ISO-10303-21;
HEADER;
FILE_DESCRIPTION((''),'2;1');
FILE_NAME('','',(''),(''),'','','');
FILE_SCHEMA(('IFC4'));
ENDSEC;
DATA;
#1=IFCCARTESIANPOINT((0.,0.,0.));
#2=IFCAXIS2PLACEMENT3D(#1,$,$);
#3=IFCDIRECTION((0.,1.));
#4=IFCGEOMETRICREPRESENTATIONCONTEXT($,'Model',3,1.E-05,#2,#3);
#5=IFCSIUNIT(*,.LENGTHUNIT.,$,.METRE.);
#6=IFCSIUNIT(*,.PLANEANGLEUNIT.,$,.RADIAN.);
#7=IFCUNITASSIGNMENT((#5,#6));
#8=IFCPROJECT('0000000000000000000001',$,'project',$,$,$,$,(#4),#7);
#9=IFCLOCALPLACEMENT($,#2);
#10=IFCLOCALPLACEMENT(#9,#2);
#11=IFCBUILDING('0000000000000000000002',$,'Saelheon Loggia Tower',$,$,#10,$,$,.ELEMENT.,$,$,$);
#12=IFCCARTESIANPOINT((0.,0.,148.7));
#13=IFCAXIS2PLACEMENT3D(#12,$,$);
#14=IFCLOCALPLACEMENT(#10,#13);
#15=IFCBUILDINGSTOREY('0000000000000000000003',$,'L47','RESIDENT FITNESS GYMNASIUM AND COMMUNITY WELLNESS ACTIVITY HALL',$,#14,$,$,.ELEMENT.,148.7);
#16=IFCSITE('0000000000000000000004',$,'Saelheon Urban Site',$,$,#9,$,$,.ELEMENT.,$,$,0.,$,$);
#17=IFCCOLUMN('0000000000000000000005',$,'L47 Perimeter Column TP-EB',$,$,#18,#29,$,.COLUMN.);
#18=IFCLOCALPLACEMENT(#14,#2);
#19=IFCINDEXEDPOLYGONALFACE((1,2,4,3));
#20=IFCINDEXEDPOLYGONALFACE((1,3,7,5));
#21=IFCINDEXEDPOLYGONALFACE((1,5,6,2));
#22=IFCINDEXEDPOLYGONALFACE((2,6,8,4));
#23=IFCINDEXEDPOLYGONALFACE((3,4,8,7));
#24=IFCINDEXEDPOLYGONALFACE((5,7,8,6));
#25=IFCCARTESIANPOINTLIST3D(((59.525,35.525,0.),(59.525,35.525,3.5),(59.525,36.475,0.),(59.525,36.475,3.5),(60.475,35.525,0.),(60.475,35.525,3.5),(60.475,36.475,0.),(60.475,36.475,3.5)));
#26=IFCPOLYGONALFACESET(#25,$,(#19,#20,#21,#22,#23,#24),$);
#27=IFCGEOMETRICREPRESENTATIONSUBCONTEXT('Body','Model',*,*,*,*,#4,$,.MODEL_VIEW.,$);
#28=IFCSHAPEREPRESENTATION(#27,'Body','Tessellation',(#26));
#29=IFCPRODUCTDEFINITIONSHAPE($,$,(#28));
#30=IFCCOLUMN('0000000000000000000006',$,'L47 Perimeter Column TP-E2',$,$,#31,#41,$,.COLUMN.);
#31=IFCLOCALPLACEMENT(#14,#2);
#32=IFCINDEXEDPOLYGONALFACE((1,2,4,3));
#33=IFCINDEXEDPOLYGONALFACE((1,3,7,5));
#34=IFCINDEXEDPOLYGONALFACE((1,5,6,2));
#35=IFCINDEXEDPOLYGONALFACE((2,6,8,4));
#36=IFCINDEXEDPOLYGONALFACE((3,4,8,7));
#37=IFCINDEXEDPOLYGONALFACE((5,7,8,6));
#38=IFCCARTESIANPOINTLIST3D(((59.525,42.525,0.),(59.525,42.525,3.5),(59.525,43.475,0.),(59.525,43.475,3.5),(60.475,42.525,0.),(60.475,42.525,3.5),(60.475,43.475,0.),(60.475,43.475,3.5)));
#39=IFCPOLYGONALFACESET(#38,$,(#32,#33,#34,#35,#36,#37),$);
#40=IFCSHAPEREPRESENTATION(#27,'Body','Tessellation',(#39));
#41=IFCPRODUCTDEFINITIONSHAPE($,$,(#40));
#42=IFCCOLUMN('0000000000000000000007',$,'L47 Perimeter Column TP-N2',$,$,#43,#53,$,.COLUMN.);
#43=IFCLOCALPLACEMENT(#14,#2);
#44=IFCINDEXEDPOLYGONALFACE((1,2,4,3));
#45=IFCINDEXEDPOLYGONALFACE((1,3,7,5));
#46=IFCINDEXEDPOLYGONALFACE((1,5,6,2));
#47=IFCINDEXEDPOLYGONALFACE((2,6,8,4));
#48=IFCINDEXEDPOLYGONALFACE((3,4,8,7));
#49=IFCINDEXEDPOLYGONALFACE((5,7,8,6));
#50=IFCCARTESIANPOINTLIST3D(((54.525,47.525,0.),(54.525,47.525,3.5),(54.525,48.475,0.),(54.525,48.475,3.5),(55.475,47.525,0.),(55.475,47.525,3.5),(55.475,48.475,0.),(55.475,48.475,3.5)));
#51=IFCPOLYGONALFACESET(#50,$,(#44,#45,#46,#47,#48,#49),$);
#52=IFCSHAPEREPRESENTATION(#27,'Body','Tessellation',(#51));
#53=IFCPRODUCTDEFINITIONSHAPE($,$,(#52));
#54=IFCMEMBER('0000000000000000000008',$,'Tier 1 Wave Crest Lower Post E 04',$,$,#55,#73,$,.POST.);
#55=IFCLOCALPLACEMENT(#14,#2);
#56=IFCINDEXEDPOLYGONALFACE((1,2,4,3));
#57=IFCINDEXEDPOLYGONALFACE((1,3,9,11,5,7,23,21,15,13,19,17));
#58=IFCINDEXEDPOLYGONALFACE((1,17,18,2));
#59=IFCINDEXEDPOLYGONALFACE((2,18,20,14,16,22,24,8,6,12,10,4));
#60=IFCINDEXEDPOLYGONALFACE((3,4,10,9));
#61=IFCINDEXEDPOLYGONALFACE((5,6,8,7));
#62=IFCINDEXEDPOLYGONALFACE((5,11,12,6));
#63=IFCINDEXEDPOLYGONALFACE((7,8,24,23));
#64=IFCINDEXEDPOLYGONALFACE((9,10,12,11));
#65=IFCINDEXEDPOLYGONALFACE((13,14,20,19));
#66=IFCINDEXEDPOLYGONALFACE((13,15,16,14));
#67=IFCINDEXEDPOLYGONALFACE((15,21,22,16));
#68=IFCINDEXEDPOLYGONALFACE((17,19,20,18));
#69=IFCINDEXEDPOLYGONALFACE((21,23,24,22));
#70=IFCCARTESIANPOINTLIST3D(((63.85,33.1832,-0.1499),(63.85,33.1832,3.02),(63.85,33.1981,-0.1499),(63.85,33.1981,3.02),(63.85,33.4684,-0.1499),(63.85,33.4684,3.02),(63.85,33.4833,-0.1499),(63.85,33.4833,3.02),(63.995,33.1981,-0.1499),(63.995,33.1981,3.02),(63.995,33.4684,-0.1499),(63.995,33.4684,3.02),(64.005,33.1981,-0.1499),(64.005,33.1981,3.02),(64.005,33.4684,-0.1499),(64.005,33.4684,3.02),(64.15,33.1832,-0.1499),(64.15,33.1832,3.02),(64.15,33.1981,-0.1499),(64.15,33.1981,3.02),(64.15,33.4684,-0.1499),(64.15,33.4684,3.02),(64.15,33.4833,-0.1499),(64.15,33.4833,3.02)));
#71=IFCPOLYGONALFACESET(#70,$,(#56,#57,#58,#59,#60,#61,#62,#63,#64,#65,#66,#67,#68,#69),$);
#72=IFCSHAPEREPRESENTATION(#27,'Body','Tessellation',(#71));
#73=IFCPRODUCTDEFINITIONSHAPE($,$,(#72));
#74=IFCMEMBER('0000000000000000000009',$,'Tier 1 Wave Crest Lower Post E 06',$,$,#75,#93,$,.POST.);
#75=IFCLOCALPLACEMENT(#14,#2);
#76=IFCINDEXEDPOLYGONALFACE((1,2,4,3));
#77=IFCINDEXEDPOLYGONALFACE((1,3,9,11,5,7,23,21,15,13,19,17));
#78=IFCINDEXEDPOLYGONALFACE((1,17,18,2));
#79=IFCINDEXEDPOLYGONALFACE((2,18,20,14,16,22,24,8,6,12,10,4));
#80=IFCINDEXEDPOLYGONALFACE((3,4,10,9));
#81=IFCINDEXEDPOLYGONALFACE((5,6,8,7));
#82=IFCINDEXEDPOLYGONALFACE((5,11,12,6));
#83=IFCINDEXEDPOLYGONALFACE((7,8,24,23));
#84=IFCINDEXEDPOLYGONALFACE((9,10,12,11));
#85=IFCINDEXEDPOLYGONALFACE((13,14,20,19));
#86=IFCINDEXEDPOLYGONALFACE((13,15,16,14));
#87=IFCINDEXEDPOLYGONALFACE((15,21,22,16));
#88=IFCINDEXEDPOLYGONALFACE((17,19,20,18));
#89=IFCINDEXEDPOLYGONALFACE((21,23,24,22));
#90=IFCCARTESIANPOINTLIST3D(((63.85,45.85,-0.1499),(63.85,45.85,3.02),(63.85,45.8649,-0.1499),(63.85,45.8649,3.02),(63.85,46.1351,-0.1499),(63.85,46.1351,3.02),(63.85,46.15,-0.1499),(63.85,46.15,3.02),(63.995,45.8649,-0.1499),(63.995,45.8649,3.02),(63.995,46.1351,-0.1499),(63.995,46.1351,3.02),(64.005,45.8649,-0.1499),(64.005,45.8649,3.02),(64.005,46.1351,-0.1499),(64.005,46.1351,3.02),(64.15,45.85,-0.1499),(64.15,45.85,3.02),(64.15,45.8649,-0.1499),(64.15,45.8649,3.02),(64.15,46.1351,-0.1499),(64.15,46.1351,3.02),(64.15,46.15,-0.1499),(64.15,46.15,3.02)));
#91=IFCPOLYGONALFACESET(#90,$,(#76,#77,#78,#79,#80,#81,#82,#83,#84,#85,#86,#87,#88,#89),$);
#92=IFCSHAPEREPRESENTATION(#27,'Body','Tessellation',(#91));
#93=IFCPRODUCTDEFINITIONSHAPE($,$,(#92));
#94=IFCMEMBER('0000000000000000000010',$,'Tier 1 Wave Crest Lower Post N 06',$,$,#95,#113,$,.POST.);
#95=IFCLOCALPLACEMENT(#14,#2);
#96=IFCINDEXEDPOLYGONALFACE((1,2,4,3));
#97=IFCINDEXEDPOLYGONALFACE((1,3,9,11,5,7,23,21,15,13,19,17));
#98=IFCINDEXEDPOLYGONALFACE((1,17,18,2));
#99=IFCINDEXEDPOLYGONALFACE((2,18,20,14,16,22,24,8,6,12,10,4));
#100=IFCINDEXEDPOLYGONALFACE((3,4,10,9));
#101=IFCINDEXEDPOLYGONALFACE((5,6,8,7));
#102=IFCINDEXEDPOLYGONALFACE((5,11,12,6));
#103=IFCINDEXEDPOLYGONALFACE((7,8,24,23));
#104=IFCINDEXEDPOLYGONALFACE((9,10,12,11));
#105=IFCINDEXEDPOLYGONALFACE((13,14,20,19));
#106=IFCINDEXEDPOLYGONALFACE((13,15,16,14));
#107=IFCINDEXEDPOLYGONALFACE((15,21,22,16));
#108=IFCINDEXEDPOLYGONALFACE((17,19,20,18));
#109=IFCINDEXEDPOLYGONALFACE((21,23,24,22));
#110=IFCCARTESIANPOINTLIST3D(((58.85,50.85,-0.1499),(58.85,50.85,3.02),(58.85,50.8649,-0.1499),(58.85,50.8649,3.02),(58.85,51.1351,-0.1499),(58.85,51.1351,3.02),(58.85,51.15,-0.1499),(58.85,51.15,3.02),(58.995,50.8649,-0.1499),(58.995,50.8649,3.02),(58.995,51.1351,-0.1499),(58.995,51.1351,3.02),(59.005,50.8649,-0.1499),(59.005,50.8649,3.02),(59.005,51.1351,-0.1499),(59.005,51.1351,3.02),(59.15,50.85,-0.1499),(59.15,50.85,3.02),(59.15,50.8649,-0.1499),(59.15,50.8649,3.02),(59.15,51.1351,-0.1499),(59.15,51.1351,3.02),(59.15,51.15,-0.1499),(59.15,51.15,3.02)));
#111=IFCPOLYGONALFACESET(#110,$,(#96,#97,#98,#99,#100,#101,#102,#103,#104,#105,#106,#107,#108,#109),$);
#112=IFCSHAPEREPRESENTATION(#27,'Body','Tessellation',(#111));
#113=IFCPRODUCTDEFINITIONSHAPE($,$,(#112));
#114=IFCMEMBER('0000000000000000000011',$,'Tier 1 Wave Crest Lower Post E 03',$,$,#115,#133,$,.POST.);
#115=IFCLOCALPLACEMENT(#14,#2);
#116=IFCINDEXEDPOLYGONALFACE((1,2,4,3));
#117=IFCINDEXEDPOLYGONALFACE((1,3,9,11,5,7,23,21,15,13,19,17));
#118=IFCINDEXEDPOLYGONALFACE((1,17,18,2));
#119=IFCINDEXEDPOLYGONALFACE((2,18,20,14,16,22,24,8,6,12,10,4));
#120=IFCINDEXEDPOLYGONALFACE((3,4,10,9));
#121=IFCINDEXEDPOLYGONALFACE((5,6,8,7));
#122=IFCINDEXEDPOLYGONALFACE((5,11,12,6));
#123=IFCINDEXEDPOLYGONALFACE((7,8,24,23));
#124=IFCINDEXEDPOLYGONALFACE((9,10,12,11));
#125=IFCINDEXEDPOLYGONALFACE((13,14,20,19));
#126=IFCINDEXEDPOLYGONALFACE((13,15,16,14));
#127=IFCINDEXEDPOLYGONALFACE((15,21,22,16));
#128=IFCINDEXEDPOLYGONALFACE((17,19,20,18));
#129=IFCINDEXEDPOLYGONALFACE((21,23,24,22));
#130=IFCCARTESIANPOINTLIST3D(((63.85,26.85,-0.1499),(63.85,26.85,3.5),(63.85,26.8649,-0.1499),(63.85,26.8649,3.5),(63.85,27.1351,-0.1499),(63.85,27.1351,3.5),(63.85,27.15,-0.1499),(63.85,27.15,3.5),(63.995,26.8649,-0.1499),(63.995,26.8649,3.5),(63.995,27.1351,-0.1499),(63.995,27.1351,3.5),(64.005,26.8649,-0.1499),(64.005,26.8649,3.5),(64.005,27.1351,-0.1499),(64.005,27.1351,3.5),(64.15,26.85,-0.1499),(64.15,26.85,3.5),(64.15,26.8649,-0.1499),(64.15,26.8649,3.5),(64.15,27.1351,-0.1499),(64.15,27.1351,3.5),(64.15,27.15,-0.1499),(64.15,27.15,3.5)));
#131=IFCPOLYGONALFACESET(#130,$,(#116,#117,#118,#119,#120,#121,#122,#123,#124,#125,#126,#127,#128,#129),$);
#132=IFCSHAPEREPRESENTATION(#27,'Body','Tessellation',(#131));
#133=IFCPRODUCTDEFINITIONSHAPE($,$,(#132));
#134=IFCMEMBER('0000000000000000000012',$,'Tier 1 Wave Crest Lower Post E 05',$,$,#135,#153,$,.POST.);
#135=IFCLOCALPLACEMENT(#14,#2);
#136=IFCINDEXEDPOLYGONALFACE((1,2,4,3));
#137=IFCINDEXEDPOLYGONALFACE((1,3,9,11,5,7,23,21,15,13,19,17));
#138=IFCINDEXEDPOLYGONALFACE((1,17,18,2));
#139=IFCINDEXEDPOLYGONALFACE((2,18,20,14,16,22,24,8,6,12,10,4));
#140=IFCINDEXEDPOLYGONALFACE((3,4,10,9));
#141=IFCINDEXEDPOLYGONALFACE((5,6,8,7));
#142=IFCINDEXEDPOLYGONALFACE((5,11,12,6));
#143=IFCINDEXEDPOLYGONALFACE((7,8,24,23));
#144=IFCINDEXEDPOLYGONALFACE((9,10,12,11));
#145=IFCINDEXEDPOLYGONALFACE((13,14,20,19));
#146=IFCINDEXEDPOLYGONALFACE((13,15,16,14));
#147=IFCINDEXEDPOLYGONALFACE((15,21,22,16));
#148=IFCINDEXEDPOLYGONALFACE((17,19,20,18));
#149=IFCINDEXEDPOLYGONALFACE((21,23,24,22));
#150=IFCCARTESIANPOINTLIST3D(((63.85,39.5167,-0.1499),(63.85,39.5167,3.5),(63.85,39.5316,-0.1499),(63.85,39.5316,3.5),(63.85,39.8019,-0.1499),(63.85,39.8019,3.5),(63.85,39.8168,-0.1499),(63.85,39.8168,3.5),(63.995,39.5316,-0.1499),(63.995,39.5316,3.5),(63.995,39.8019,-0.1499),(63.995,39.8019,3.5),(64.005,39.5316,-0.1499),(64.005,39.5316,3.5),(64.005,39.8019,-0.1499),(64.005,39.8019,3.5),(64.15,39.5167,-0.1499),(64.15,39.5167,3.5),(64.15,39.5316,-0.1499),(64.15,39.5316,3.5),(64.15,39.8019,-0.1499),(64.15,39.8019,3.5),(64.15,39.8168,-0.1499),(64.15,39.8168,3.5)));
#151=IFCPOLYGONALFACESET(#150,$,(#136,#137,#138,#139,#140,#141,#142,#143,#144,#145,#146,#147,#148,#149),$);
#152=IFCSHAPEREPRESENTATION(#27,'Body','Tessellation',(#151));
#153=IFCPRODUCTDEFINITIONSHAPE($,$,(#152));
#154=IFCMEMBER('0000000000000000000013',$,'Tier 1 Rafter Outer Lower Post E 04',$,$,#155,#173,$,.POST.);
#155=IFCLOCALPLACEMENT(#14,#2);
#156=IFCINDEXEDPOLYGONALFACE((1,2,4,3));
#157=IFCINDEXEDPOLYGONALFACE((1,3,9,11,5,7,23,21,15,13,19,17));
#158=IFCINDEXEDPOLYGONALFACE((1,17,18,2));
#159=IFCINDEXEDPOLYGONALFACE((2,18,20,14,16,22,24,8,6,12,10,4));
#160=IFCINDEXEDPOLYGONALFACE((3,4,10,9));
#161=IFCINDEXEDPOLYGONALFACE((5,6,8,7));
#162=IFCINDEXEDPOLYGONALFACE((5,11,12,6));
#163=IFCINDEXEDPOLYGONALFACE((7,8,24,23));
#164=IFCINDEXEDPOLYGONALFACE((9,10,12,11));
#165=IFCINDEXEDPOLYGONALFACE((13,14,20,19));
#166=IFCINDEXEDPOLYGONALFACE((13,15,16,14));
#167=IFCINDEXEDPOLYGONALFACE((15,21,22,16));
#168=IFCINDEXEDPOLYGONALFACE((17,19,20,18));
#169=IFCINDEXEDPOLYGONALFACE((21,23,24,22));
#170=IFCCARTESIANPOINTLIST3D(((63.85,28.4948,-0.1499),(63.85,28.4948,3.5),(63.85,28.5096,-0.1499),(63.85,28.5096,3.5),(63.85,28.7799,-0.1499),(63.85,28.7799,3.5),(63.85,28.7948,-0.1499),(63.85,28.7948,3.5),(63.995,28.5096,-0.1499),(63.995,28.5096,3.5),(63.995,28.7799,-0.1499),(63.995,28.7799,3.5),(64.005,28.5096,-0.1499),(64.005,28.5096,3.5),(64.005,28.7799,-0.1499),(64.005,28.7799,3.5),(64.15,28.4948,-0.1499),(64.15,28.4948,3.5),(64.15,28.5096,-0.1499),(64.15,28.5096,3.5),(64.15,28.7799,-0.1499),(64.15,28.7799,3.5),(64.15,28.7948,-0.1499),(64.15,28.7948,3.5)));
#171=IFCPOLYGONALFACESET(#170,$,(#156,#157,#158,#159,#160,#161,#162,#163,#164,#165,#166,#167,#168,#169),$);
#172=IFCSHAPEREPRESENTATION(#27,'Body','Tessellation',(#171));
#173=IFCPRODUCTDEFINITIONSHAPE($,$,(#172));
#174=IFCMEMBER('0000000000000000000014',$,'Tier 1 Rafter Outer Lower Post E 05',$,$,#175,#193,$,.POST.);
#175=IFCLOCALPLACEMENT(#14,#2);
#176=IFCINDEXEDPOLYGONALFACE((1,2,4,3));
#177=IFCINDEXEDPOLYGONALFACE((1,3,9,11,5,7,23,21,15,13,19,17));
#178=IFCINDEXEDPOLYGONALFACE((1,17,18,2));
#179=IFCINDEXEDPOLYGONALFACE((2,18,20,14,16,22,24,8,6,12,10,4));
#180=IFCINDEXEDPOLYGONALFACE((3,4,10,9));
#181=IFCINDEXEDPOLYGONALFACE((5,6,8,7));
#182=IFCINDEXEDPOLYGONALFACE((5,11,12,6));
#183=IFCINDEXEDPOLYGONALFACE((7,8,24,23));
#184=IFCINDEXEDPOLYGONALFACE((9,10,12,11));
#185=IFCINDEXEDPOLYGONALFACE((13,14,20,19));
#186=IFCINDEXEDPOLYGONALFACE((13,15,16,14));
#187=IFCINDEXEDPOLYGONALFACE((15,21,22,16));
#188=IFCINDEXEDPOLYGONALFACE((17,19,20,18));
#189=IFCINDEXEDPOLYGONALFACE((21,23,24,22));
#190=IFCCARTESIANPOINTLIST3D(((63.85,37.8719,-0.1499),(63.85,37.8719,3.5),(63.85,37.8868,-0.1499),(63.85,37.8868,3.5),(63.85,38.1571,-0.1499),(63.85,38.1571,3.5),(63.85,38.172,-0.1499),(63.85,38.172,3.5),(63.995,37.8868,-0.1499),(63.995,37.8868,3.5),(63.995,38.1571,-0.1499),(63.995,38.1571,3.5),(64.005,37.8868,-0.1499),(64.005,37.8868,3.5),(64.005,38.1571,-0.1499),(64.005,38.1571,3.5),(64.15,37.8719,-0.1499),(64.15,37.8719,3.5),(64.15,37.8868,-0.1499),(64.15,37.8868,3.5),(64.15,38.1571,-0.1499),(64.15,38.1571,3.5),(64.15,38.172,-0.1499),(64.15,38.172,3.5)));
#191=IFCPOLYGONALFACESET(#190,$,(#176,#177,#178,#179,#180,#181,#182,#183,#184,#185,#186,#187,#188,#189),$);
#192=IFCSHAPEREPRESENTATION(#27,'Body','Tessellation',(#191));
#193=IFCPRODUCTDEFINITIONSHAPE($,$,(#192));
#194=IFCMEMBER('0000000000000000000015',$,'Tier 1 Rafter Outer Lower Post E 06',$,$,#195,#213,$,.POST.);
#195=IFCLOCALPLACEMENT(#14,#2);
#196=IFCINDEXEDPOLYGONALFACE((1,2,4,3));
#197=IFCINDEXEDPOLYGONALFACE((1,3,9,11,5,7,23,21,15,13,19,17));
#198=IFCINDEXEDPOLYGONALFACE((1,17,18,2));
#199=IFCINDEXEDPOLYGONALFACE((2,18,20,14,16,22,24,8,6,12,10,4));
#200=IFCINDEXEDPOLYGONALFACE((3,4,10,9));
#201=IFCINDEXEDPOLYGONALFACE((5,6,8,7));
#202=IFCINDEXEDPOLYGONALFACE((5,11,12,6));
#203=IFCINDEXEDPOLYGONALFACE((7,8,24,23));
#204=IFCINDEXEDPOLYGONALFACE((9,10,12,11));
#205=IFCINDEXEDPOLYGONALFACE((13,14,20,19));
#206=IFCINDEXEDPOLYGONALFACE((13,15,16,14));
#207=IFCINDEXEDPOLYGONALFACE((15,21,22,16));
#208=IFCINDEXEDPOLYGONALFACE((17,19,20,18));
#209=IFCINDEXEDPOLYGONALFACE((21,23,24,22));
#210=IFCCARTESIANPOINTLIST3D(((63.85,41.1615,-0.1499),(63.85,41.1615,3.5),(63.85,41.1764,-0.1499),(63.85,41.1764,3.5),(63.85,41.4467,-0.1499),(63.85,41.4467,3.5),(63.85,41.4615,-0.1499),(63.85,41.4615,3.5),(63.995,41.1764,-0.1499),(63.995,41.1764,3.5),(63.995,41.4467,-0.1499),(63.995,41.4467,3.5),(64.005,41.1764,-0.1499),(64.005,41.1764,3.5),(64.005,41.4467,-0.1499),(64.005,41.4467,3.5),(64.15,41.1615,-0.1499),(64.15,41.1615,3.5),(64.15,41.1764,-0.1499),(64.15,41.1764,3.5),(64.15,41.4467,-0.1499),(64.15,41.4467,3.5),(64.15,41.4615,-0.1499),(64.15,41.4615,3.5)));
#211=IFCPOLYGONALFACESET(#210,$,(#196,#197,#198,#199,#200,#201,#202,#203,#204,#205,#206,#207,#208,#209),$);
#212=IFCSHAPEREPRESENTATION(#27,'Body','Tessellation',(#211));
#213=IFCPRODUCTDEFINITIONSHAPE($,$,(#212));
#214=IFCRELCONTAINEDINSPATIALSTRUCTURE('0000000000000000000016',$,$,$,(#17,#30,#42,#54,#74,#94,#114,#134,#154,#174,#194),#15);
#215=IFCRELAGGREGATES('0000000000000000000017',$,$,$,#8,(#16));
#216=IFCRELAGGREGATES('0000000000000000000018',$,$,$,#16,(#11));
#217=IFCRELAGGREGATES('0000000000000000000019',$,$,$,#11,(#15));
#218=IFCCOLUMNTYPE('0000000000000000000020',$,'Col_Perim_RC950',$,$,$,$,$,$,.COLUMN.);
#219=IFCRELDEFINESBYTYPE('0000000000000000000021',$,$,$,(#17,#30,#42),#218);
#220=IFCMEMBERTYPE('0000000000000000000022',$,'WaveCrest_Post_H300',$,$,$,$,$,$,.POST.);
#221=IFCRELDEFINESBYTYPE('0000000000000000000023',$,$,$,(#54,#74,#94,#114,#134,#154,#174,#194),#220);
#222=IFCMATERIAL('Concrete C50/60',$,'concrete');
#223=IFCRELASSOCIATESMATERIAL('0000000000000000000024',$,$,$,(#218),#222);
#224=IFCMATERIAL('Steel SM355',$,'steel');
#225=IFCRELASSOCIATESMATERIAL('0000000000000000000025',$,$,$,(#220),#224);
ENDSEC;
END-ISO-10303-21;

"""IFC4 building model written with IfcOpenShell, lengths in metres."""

from ifc_helpers import new_model, si_unit, direction, frame, origin, origin_2d, place, context, subcontext, project, spatial, rectangle, i_section, extrude, source, transform, mapped, material, material_profile, profile_set, type_object, element, save


model = new_model("IFC4")

# Units and contexts
model_context = context("Model", 3, precision=1e-05, world=origin(), true_north=direction((0.0, 1.0)))
body_context = subcontext(model_context, "Body", "Model", "MODEL_VIEW")
ifc_project = project(units=[si_unit("LENGTHUNIT", "METRE"), si_unit("PLANEANGLEUNIT", "RADIAN")], contexts=[model_context])

# Site, building, storey
site_placement = place(None, origin())
site = spatial("IfcSite", under=ifc_project, at=site_placement, Name="Saelheon Urban Site", CompositionType="ELEMENT", RefElevation=0.0)
building_placement = place(site_placement, origin())
building = spatial("IfcBuilding", under=site, at=building_placement, Name="Saelheon Loggia Tower", CompositionType="ELEMENT")
storey_placement = place(building_placement, frame((0.0, 0.0, 148.7)))
storey = spatial("IfcBuildingStorey", under=building, at=storey_placement, Name="L47", Description="RESIDENT FITNESS GYMNASIUM AND COMMUNITY WELLNESS ACTIVITY HALL", CompositionType="ELEMENT", Elevation=148.7)

# Columns
ifc_material_1 = material(Name="Concrete C50/60", Category="concrete")
ifc_material_profile_1 = material_profile(ifc_material_1, rectangle(XDim=0.95, YDim=0.95, at=origin_2d()), Name="RC-950x950")
ifc_profile_set_1 = profile_set([ifc_material_profile_1], Name="Concrete C50/60")
column_type = type_object("IfcColumnType", Name="Col_Perim_RC950", PredefinedType="COLUMN", material=ifc_profile_set_1)
shared_shape_1 = source(origin(), body_context, "Body", "SweptSolid", [
    extrude(rectangle(XDim=0.95, YDim=0.95, at=origin_2d()), origin(), (0.0, 0.0, 1.0), 3.5),
])
for number, where, z_axis, x_axis, name in (
    (1, (60.0, 36.0, 0.0), (0.0, 0.0, 1.0), (1.0, 0.0, 0.0), "L47 Perimeter Column TP-EB"),
    (2, (60.0, 43.0, 0.0), (0.0, 0.0, 1.0), (1.0, 0.0, 0.0), "L47 Perimeter Column TP-E2"),
    (3, (55.0, 48.0, 0.0), (0.0, 0.0, 1.0), (1.0, 0.0, 0.0), "L47 Perimeter Column TP-N2"),
):
    element("IfcColumn", number, at=place(storey_placement, frame(where, z_axis=z_axis, x_axis=x_axis)), inside=storey, type_object=column_type, Name=name, PredefinedType="COLUMN", context=body_context, shape_type="MappedRepresentation", body=[
        mapped(shared_shape_1, transform((0.0, 0.0, 0.0), scale=1.0)),
    ])

# Members
ifc_material_2 = material(Name="Steel SM355", Category="steel")
ifc_material_profile_2 = material_profile(ifc_material_2, i_section(OverallWidth=0.3, OverallDepth=0.3, WebThickness=0.01, FlangeThickness=0.0149, at=origin_2d()), Name="H-300x300x10x15")
ifc_profile_set_2 = profile_set([ifc_material_profile_2], Name="Steel SM355")
member_type_1 = type_object("IfcMemberType", Name="WaveCrest_Post_H300", PredefinedType="POST", material=ifc_profile_set_2)
shared_shape_2 = source(origin(), body_context, "Body", "SweptSolid", [
    extrude(i_section(OverallWidth=0.3, OverallDepth=0.3, WebThickness=0.01, FlangeThickness=0.0149, at=origin_2d()), origin(), (0.0, 0.0, 1.0), 3.1699),
])
for number, where, z_axis, x_axis, name in (
    (4, (64.0, 33.3333, -0.1499), (0.0, 0.0, 1.0), (1.0, 0.0, 0.0), "Tier 1 Wave Crest Lower Post E 04"),
    (5, (64.0, 46.0, -0.1499), (0.0, 0.0, 1.0), (1.0, 0.0, 0.0), "Tier 1 Wave Crest Lower Post E 06"),
    (6, (59.0, 51.0, -0.1499), (0.0, 0.0, 1.0), (1.0, 0.0, 0.0), "Tier 1 Wave Crest Lower Post N 06"),
):
    element("IfcMember", number, at=place(storey_placement, frame(where, z_axis=z_axis, x_axis=x_axis)), inside=storey, type_object=member_type_1, Name=name, PredefinedType="POST", context=body_context, shape_type="MappedRepresentation", body=[
        mapped(shared_shape_2, transform((0.0, 0.0, 0.0), scale=1.0)),
    ])
shared_shape_3 = source(origin(), body_context, "Body", "SweptSolid", [
    extrude(i_section(OverallWidth=0.3, OverallDepth=0.3, WebThickness=0.01, FlangeThickness=0.0149, at=origin_2d()), origin(), (0.0, 0.0, 1.0), 3.6499),
])
for number, where, z_axis, x_axis, name in (
    (7, (64.0, 27.0, -0.1499), (0.0, 0.0, 1.0), (1.0, 0.0, 0.0), "Tier 1 Wave Crest Lower Post E 03"),
    (8, (64.0, 39.6667, -0.1499), (0.0, 0.0, 1.0), (1.0, 0.0, 0.0), "Tier 1 Wave Crest Lower Post E 05"),
    (9, (64.0, 28.6448, -0.1499), (0.0, 0.0, 1.0), (1.0, 0.0, 0.0), "Tier 1 Rafter Outer Lower Post E 04"),
    (10, (64.0, 38.022, -0.1499), (0.0, 0.0, 1.0), (1.0, 0.0, 0.0), "Tier 1 Rafter Outer Lower Post E 05"),
    (11, (64.0, 41.3115, -0.1499), (0.0, 0.0, 1.0), (1.0, 0.0, 0.0), "Tier 1 Rafter Outer Lower Post E 06"),
):
    element("IfcMember", number, at=place(storey_placement, frame(where, z_axis=z_axis, x_axis=x_axis)), inside=storey, type_object=member_type_1, Name=name, PredefinedType="POST", context=body_context, shape_type="MappedRepresentation", body=[
        mapped(shared_shape_3, transform((0.0, 0.0, 0.0), scale=1.0)),
    ])

save(model, "model.ifc")
